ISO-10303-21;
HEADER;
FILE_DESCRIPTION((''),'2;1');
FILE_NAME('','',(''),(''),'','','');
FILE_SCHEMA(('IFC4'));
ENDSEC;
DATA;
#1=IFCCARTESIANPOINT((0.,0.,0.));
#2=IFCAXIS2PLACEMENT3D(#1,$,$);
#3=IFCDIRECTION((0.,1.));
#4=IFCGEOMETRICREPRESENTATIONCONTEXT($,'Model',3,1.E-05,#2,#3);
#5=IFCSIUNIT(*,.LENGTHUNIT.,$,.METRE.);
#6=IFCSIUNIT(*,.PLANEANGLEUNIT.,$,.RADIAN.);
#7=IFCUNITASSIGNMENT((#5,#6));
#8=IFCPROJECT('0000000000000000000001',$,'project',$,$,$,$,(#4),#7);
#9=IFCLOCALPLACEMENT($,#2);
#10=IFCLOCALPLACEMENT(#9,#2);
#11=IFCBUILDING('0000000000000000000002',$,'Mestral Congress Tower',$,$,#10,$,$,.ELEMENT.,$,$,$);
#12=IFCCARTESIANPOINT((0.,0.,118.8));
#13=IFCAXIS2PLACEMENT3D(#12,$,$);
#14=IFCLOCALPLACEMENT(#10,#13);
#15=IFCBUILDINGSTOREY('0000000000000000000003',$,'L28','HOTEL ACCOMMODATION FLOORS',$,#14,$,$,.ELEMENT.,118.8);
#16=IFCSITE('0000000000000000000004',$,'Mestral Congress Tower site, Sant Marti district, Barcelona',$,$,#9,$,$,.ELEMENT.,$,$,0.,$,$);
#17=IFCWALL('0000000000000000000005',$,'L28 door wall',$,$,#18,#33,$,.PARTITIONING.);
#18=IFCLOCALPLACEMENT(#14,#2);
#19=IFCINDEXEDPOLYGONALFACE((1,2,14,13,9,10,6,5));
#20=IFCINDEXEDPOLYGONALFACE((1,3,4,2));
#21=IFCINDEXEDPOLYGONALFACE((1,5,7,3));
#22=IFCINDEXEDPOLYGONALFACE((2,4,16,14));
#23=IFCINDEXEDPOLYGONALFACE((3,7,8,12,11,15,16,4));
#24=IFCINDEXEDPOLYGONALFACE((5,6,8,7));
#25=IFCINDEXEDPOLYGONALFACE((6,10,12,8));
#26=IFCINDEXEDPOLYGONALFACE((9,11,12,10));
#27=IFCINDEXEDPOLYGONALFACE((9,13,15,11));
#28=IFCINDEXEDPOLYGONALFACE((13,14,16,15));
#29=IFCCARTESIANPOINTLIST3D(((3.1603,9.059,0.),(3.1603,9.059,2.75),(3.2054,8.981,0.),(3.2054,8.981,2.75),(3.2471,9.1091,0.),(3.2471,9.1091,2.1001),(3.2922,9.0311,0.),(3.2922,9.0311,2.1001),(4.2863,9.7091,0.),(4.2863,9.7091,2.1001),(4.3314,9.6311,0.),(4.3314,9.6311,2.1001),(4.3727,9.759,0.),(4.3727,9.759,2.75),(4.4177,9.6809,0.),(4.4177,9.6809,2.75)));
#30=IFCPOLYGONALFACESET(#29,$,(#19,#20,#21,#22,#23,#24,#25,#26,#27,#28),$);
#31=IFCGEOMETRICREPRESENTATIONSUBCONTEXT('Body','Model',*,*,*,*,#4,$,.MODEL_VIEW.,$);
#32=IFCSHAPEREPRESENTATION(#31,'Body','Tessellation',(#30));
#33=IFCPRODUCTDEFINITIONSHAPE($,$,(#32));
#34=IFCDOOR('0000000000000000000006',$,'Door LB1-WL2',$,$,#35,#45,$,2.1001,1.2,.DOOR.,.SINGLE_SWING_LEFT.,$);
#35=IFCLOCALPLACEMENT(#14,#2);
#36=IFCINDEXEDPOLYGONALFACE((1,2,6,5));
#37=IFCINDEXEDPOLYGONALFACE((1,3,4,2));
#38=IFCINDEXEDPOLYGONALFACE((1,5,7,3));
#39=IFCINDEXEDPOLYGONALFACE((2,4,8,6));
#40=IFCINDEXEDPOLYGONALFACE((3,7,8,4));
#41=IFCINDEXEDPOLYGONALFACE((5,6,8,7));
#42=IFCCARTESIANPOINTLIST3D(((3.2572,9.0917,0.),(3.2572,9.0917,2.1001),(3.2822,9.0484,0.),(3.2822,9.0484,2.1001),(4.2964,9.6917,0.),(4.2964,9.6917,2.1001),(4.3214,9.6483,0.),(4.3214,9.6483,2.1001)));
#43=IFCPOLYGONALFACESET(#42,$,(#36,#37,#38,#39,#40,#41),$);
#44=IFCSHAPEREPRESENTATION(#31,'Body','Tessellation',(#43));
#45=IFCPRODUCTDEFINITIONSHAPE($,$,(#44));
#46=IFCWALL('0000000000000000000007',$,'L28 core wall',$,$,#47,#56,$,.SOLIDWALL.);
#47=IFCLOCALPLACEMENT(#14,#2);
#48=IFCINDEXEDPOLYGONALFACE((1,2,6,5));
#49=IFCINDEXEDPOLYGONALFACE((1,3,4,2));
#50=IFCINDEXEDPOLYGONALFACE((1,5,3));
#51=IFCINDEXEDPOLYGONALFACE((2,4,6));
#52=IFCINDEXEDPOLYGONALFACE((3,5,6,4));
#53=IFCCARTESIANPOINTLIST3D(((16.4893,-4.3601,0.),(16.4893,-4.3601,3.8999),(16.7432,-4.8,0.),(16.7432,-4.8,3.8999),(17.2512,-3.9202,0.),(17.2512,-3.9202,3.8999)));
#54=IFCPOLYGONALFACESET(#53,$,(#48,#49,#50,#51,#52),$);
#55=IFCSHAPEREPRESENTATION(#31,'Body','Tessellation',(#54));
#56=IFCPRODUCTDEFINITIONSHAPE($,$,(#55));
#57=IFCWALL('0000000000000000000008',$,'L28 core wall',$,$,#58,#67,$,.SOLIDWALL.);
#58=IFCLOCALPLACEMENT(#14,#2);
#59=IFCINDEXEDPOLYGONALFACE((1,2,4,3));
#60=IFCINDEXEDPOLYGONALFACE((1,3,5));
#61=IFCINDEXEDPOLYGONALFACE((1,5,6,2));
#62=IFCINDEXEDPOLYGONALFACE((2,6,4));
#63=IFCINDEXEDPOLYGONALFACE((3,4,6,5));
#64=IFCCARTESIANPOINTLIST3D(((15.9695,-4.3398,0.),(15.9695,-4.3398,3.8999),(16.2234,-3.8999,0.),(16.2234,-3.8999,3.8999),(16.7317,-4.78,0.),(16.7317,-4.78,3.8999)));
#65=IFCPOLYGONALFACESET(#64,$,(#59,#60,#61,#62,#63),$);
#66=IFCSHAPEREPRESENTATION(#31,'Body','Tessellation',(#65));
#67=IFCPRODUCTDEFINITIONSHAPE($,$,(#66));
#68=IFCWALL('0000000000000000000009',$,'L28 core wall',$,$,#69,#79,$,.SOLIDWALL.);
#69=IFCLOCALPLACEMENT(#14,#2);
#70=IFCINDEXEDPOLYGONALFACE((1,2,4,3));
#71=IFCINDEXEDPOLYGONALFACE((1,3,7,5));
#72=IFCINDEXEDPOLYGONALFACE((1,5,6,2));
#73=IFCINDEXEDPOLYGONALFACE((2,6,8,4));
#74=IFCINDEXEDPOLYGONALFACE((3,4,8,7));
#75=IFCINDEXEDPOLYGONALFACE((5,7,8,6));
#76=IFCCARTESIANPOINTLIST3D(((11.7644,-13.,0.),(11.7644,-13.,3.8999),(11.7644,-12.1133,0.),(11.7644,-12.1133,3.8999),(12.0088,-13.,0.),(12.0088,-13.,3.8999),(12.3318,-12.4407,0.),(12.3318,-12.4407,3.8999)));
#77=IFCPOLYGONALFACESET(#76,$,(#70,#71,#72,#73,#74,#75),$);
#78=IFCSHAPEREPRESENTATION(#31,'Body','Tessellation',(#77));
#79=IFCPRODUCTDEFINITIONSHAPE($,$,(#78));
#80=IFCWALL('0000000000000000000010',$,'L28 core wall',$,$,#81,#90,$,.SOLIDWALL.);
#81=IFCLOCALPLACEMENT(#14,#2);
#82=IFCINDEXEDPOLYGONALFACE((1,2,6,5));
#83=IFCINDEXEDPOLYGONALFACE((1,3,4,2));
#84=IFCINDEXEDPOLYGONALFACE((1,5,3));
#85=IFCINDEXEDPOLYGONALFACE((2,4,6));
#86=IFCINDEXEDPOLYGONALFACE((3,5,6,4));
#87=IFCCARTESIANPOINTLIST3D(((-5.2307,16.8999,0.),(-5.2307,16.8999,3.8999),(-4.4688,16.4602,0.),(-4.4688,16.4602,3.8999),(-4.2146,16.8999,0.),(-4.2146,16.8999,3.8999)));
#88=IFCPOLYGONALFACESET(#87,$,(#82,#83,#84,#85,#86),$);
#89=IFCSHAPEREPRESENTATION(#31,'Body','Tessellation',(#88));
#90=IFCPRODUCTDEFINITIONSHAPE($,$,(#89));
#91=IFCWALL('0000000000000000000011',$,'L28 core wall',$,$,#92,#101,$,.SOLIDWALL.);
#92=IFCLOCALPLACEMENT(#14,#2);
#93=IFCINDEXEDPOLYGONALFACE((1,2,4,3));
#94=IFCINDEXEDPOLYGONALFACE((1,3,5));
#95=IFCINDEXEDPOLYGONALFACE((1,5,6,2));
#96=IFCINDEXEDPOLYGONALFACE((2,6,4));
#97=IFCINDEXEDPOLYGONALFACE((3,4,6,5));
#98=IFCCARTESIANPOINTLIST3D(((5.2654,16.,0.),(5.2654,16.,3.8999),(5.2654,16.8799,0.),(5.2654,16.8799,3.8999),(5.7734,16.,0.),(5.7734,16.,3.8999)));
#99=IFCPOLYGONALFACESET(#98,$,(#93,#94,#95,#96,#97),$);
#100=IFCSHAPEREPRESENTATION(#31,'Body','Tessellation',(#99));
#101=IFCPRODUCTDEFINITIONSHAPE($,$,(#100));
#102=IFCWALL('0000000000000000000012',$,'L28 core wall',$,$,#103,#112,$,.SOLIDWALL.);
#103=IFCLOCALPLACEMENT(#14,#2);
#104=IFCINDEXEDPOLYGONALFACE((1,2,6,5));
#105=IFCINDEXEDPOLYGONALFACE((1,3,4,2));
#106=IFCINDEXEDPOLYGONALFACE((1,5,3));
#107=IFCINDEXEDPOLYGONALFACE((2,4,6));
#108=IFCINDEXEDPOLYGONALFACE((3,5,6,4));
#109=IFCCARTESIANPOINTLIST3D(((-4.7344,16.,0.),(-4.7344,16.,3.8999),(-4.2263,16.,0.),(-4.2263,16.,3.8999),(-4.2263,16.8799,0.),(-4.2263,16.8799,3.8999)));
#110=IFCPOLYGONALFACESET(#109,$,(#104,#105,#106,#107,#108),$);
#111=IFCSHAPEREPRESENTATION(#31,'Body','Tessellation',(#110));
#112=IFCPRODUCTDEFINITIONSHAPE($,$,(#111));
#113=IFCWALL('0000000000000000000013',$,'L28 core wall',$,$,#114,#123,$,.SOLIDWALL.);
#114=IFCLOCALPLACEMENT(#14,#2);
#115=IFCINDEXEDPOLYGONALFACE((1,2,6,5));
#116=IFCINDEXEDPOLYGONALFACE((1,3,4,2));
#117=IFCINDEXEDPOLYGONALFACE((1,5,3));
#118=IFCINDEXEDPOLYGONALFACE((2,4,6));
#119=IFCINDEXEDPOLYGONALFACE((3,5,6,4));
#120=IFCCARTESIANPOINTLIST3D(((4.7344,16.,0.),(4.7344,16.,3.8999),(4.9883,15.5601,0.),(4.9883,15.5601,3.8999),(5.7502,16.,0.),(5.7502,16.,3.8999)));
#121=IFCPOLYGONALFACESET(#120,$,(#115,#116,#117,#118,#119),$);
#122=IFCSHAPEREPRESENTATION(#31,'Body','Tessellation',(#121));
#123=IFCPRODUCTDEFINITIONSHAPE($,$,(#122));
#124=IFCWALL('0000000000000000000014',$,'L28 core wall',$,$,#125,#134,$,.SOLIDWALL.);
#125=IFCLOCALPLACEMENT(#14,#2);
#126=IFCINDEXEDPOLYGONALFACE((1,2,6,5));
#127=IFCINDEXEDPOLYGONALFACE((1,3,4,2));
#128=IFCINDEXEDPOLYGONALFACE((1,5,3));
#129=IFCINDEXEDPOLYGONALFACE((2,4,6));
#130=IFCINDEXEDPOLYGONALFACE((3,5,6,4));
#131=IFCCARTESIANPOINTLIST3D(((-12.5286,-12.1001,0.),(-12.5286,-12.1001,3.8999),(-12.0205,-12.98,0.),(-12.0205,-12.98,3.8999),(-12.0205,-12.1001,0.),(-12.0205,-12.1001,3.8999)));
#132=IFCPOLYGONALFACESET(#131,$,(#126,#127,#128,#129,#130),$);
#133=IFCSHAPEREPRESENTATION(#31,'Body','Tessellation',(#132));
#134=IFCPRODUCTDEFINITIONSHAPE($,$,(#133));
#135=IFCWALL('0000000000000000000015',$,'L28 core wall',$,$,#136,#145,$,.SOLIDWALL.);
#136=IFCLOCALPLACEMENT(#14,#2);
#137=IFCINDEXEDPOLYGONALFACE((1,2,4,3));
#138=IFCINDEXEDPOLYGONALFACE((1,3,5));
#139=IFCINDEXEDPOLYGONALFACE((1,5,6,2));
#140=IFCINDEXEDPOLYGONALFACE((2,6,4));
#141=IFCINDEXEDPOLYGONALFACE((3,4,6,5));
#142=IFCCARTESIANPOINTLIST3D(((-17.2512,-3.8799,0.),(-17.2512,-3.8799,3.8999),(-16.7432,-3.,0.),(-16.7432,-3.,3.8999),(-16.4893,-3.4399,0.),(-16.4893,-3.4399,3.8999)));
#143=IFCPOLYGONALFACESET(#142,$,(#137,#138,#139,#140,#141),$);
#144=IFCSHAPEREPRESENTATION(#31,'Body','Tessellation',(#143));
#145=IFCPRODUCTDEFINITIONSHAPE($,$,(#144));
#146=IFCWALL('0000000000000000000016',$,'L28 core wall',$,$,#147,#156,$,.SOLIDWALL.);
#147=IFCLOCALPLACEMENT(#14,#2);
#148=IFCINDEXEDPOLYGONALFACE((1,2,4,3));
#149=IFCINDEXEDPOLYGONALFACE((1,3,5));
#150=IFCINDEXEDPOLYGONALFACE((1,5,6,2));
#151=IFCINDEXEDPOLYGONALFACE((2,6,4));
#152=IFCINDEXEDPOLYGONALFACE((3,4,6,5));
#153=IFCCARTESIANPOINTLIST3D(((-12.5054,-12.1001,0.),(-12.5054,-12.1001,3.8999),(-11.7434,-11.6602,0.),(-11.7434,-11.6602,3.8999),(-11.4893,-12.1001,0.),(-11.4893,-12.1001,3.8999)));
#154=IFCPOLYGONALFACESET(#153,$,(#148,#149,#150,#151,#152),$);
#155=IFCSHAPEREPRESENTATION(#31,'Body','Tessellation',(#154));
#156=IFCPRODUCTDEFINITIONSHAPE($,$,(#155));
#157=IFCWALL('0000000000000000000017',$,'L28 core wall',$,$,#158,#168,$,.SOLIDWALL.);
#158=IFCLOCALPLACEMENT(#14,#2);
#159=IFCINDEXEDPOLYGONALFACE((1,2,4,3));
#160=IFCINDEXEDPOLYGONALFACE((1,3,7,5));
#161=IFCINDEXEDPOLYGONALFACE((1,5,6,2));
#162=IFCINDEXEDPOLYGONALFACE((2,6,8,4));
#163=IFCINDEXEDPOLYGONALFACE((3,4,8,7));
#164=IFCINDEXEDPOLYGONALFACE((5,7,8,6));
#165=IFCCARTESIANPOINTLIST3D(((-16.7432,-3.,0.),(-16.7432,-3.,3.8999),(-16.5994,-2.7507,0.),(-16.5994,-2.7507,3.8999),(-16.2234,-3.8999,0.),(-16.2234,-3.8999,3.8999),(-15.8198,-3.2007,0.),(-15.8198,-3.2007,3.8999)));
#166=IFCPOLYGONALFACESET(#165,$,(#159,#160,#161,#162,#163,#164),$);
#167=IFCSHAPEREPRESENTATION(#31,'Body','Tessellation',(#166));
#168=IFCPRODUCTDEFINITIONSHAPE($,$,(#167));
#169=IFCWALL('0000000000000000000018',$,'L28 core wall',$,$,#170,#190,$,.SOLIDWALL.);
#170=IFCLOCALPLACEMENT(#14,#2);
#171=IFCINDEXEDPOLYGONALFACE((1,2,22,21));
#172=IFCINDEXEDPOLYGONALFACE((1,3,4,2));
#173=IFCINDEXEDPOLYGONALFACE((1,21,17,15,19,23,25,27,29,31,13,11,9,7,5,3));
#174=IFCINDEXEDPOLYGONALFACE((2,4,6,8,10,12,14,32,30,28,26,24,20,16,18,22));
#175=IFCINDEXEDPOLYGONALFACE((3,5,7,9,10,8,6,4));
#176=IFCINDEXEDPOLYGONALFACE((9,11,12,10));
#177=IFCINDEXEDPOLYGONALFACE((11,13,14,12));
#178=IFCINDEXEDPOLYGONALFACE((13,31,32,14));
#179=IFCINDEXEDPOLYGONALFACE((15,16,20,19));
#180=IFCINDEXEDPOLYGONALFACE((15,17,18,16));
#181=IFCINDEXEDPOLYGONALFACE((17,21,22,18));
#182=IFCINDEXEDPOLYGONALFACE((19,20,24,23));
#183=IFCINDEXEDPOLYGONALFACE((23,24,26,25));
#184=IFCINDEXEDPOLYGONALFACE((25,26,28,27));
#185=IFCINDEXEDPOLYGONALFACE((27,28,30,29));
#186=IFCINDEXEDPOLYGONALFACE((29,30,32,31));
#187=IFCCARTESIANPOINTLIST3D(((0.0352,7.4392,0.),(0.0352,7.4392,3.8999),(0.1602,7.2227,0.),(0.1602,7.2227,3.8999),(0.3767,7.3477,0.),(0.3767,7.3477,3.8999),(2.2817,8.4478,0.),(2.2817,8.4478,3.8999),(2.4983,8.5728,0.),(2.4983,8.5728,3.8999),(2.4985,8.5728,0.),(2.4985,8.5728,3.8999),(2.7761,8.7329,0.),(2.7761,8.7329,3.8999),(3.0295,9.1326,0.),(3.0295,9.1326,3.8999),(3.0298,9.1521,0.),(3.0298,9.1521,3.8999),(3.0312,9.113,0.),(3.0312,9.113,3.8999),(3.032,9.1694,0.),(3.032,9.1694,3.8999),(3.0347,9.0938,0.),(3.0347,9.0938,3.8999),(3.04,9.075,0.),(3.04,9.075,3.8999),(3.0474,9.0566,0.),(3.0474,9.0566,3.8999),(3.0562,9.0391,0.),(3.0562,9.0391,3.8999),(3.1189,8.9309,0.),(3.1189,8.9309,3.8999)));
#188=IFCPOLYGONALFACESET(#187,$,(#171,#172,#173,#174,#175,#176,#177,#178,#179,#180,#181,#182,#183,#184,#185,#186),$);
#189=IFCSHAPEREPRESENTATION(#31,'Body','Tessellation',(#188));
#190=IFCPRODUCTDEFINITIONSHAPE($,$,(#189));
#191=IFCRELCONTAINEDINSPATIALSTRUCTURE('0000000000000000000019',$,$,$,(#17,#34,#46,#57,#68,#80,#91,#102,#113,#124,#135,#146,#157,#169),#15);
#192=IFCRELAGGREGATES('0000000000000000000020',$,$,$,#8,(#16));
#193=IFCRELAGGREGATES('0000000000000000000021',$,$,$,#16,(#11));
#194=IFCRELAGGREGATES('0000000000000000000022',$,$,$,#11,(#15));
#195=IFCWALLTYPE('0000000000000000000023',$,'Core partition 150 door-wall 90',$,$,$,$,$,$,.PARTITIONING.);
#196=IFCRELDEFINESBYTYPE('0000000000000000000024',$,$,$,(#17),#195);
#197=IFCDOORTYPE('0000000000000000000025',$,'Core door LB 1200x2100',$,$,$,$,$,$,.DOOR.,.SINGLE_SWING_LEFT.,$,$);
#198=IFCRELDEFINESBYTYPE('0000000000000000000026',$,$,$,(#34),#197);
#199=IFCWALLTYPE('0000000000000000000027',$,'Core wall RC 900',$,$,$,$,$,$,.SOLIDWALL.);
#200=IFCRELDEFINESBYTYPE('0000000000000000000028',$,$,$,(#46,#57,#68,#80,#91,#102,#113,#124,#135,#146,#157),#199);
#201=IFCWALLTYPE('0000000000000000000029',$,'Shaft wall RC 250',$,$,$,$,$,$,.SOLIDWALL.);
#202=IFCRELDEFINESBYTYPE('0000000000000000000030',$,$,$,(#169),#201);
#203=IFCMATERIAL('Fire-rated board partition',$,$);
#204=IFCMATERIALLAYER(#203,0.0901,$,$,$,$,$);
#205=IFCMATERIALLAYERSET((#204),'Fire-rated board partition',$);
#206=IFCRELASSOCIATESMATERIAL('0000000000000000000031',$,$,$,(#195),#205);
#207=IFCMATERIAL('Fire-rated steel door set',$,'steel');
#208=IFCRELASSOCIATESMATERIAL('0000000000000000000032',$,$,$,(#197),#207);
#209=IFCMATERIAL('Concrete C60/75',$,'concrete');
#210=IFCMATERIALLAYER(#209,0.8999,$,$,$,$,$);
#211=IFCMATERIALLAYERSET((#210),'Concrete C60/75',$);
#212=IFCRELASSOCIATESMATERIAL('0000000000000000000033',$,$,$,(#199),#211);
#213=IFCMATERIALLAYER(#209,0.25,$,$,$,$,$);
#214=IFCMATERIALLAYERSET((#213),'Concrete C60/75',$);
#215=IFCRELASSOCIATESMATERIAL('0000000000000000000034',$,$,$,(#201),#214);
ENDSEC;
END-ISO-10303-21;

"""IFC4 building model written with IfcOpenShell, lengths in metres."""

from ifc_helpers import new_model, si_unit, direction, frame, frame_2d, origin, place, context, subcontext, project, spatial, polyline, rectangle, outline, extrude, material, layer, layer_set, type_object, element, fill, save


model = new_model("IFC4")

# Units and contexts
model_context = context("Model", 3, precision=1e-05, world=origin(), true_north=direction((0.0, 1.0)))
body_context = subcontext(model_context, "Body", "Model", "MODEL_VIEW")
ifc_project = project(units=[si_unit("LENGTHUNIT", "METRE"), si_unit("PLANEANGLEUNIT", "RADIAN")], contexts=[model_context])

# Site, building, storey
site_placement = place(None, origin())
site = spatial("IfcSite", under=ifc_project, at=site_placement, Name="Mestral Congress Tower site, Sant Marti district, Barcelona", CompositionType="ELEMENT", RefElevation=0.0)
building_placement = place(site_placement, origin())
building = spatial("IfcBuilding", under=site, at=building_placement, Name="Mestral Congress Tower", CompositionType="ELEMENT")
storey_placement = place(building_placement, frame((0.0, 0.0, 118.8)))
storey = spatial("IfcBuildingStorey", under=building, at=storey_placement, Name="L28", Description="HOTEL ACCOMMODATION FLOORS", CompositionType="ELEMENT", Elevation=118.8)

# Shared definitions
ifc_material_1 = material(Name="Concrete C60/75", Category="concrete")

# Shared definitions
ifc_material_2 = material(Name="Fire-rated board partition")

# Wall, opening, door
ifc_layer_1 = layer(ifc_material_2, 0.0901)
ifc_layer_set_1 = layer_set([ifc_layer_1], Name="Fire-rated board partition")
wall_type_1 = type_object("IfcWallType", Name="Core partition 150 door-wall 90", PredefinedType="PARTITIONING", material=ifc_layer_set_1)
wall_1_placement = place(storey_placement, frame((3.1829, 9.02, 0.0), z_axis=(0.0, 0.0, 1.0), x_axis=(0.866035, 0.499984, 0.0)))
wall_1 = element("IfcWall", 1, at=wall_1_placement, inside=storey, type_object=wall_type_1, Name="L28 door wall", PredefinedType="PARTITIONING", context=body_context, shape_type="SweptSolid", body=[
    extrude(rectangle(XDim=1.3999, YDim=0.0901, at=frame_2d((0.7, 0.0))), origin(), (0.0, 0.0, 1.0), 2.75),
])
opening_1_placement = place(wall_1_placement, frame((0.1001, 0.0, 0.0)))
opening_1 = element("IfcOpeningElement", 2, at=opening_1_placement, cuts=wall_1, PredefinedType="OPENING", context=body_context, shape_type="SweptSolid", body=[
    extrude(rectangle(XDim=1.2, YDim=2.1001, at=frame_2d((0.6001, 1.05))), frame((0.0, 0.0549, 0.0), z_axis=(0.0, -1.0, 0.0), x_axis=(1.0, 0.0, 0.0)), (0.0, 0.0, 1.0), 0.1101),
])
ifc_material_3 = material(Name="Fire-rated steel door set", Category="steel")
door_type_1 = type_object("IfcDoorType", Name="Core door LB 1200x2100", OperationType="SINGLE_SWING_LEFT", PredefinedType="DOOR", material=ifc_material_3)
door_1_placement = place(opening_1_placement, origin())
door_1 = element("IfcDoor", 3, at=door_1_placement, inside=storey, type_object=door_type_1, Name="Door LB1-WL2", OperationType="SINGLE_SWING_LEFT", OverallHeight=2.1001, OverallWidth=1.2, PredefinedType="DOOR", context=body_context, shape_type="SweptSolid", body=[
    extrude(rectangle(XDim=1.2, YDim=2.1001, at=frame_2d((0.6001, 1.05))), frame((0.0, 0.0249, 0.0), z_axis=(0.0, -1.0, 0.0), x_axis=(1.0, 0.0, 0.0)), (0.0, 0.0, 1.0), 0.05),
])
fill(opening_1, door_1)

# Walls
ifc_layer_2 = layer(ifc_material_1, 0.8999)
ifc_layer_set_2 = layer_set([ifc_layer_2], Name="Concrete C60/75")
wall_type_2 = type_object("IfcWallType", Name="Core wall RC 900", PredefinedType="SOLIDWALL", material=ifc_layer_set_2)
placement = place(storey_placement, origin())
element("IfcWall", 4, at=placement, inside=storey, type_object=wall_type_2, Name="L28 core wall", PredefinedType="SOLIDWALL", context=body_context, shape_type="SweptSolid", body=[
    extrude(outline(polyline([(16.7432, -4.8), (16.4893, -4.3601), (17.2512, -3.9202), (16.7432, -4.8)])), origin(), (0.0, 0.0, 1.0), 3.8999),
])
element("IfcWall", 5, at=placement, inside=storey, type_object=wall_type_2, Name="L28 core wall", PredefinedType="SOLIDWALL", context=body_context, shape_type="SweptSolid", body=[
    extrude(outline(polyline([(16.2234, -3.8999), (16.7317, -4.78), (15.9695, -4.3398), (16.2234, -3.8999)])), origin(), (0.0, 0.0, 1.0), 3.8999),
])
element("IfcWall", 6, at=placement, inside=storey, type_object=wall_type_2, Name="L28 core wall", PredefinedType="SOLIDWALL", context=body_context, shape_type="SweptSolid", body=[
    extrude(outline(polyline([(12.0088, -13.0), (11.7644, -13.0), (11.7644, -12.1133), (12.3318, -12.4407), (12.0088, -13.0)])), origin(), (0.0, 0.0, 1.0), 3.8999),
])
element("IfcWall", 7, at=placement, inside=storey, type_object=wall_type_2, Name="L28 core wall", PredefinedType="SOLIDWALL", context=body_context, shape_type="SweptSolid", body=[
    extrude(outline(polyline([(-4.2146, 16.8999), (-4.4688, 16.4602), (-5.2307, 16.8999), (-4.2146, 16.8999)])), origin(), (0.0, 0.0, 1.0), 3.8999),
])
element("IfcWall", 8, at=placement, inside=storey, type_object=wall_type_2, Name="L28 core wall", PredefinedType="SOLIDWALL", context=body_context, shape_type="SweptSolid", body=[
    extrude(outline(polyline([(5.2654, 16.0), (5.2654, 16.8799), (5.7734, 16.0), (5.2654, 16.0)])), origin(), (0.0, 0.0, 1.0), 3.8999),
])
element("IfcWall", 9, at=placement, inside=storey, type_object=wall_type_2, Name="L28 core wall", PredefinedType="SOLIDWALL", context=body_context, shape_type="SweptSolid", body=[
    extrude(outline(polyline([(-4.7344, 16.0), (-4.2263, 16.8799), (-4.2263, 16.0), (-4.7344, 16.0)])), origin(), (0.0, 0.0, 1.0), 3.8999),
])
element("IfcWall", 10, at=placement, inside=storey, type_object=wall_type_2, Name="L28 core wall", PredefinedType="SOLIDWALL", context=body_context, shape_type="SweptSolid", body=[
    extrude(outline(polyline([(4.7344, 16.0), (5.7502, 16.0), (4.9883, 15.5601), (4.7344, 16.0)])), origin(), (0.0, 0.0, 1.0), 3.8999),
])
element("IfcWall", 11, at=placement, inside=storey, type_object=wall_type_2, Name="L28 core wall", PredefinedType="SOLIDWALL", context=body_context, shape_type="SweptSolid", body=[
    extrude(outline(polyline([(-12.5286, -12.1001), (-12.0205, -12.1001), (-12.0205, -12.98), (-12.5286, -12.1001)])), origin(), (0.0, 0.0, 1.0), 3.8999),
])
element("IfcWall", 12, at=placement, inside=storey, type_object=wall_type_2, Name="L28 core wall", PredefinedType="SOLIDWALL", context=body_context, shape_type="SweptSolid", body=[
    extrude(outline(polyline([(-16.4893, -3.4399), (-17.2512, -3.8799), (-16.7432, -3.0), (-16.4893, -3.4399)])), origin(), (0.0, 0.0, 1.0), 3.8999),
])
element("IfcWall", 13, at=placement, inside=storey, type_object=wall_type_2, Name="L28 core wall", PredefinedType="SOLIDWALL", context=body_context, shape_type="SweptSolid", body=[
    extrude(outline(polyline([(-11.4893, -12.1001), (-12.5054, -12.1001), (-11.7434, -11.6602), (-11.4893, -12.1001)])), origin(), (0.0, 0.0, 1.0), 3.8999),
])
element("IfcWall", 14, at=placement, inside=storey, type_object=wall_type_2, Name="L28 core wall", PredefinedType="SOLIDWALL", context=body_context, shape_type="SweptSolid", body=[
    extrude(outline(polyline([(-15.8198, -3.2007), (-16.2234, -3.8999), (-16.7432, -3.0), (-16.5994, -2.7507), (-15.8198, -3.2007)])), origin(), (0.0, 0.0, 1.0), 3.8999),
])
ifc_layer_3 = layer(ifc_material_1, 0.25)
ifc_layer_set_3 = layer_set([ifc_layer_3], Name="Concrete C60/75")
wall_type_3 = type_object("IfcWallType", Name="Shaft wall RC 250", PredefinedType="SOLIDWALL", material=ifc_layer_set_3)
element("IfcWall", 15, at=placement, inside=storey, type_object=wall_type_3, Name="L28 core wall", PredefinedType="SOLIDWALL", context=body_context, shape_type="SweptSolid", body=[
    extrude(outline(polyline([(2.7761, 8.7329), (2.4985, 8.5728), (2.4983, 8.5728), (2.4983, 8.5728), (2.2817, 8.4478), (2.2817, 8.4478), (0.3767, 7.3477), (0.1602, 7.2227), (0.0352, 7.4392), (3.032, 9.1694), (3.0298, 9.1521), (3.0295, 9.1326), (3.0312, 9.113), (3.0347, 9.0938), (3.04, 9.075), (3.0474, 9.0566), (3.0562, 9.0391), (3.1189, 8.9309), (2.7761, 8.7329)])), origin(), (0.0, 0.0, 1.0), 3.8999),
])

save(model, "model.ifc")
